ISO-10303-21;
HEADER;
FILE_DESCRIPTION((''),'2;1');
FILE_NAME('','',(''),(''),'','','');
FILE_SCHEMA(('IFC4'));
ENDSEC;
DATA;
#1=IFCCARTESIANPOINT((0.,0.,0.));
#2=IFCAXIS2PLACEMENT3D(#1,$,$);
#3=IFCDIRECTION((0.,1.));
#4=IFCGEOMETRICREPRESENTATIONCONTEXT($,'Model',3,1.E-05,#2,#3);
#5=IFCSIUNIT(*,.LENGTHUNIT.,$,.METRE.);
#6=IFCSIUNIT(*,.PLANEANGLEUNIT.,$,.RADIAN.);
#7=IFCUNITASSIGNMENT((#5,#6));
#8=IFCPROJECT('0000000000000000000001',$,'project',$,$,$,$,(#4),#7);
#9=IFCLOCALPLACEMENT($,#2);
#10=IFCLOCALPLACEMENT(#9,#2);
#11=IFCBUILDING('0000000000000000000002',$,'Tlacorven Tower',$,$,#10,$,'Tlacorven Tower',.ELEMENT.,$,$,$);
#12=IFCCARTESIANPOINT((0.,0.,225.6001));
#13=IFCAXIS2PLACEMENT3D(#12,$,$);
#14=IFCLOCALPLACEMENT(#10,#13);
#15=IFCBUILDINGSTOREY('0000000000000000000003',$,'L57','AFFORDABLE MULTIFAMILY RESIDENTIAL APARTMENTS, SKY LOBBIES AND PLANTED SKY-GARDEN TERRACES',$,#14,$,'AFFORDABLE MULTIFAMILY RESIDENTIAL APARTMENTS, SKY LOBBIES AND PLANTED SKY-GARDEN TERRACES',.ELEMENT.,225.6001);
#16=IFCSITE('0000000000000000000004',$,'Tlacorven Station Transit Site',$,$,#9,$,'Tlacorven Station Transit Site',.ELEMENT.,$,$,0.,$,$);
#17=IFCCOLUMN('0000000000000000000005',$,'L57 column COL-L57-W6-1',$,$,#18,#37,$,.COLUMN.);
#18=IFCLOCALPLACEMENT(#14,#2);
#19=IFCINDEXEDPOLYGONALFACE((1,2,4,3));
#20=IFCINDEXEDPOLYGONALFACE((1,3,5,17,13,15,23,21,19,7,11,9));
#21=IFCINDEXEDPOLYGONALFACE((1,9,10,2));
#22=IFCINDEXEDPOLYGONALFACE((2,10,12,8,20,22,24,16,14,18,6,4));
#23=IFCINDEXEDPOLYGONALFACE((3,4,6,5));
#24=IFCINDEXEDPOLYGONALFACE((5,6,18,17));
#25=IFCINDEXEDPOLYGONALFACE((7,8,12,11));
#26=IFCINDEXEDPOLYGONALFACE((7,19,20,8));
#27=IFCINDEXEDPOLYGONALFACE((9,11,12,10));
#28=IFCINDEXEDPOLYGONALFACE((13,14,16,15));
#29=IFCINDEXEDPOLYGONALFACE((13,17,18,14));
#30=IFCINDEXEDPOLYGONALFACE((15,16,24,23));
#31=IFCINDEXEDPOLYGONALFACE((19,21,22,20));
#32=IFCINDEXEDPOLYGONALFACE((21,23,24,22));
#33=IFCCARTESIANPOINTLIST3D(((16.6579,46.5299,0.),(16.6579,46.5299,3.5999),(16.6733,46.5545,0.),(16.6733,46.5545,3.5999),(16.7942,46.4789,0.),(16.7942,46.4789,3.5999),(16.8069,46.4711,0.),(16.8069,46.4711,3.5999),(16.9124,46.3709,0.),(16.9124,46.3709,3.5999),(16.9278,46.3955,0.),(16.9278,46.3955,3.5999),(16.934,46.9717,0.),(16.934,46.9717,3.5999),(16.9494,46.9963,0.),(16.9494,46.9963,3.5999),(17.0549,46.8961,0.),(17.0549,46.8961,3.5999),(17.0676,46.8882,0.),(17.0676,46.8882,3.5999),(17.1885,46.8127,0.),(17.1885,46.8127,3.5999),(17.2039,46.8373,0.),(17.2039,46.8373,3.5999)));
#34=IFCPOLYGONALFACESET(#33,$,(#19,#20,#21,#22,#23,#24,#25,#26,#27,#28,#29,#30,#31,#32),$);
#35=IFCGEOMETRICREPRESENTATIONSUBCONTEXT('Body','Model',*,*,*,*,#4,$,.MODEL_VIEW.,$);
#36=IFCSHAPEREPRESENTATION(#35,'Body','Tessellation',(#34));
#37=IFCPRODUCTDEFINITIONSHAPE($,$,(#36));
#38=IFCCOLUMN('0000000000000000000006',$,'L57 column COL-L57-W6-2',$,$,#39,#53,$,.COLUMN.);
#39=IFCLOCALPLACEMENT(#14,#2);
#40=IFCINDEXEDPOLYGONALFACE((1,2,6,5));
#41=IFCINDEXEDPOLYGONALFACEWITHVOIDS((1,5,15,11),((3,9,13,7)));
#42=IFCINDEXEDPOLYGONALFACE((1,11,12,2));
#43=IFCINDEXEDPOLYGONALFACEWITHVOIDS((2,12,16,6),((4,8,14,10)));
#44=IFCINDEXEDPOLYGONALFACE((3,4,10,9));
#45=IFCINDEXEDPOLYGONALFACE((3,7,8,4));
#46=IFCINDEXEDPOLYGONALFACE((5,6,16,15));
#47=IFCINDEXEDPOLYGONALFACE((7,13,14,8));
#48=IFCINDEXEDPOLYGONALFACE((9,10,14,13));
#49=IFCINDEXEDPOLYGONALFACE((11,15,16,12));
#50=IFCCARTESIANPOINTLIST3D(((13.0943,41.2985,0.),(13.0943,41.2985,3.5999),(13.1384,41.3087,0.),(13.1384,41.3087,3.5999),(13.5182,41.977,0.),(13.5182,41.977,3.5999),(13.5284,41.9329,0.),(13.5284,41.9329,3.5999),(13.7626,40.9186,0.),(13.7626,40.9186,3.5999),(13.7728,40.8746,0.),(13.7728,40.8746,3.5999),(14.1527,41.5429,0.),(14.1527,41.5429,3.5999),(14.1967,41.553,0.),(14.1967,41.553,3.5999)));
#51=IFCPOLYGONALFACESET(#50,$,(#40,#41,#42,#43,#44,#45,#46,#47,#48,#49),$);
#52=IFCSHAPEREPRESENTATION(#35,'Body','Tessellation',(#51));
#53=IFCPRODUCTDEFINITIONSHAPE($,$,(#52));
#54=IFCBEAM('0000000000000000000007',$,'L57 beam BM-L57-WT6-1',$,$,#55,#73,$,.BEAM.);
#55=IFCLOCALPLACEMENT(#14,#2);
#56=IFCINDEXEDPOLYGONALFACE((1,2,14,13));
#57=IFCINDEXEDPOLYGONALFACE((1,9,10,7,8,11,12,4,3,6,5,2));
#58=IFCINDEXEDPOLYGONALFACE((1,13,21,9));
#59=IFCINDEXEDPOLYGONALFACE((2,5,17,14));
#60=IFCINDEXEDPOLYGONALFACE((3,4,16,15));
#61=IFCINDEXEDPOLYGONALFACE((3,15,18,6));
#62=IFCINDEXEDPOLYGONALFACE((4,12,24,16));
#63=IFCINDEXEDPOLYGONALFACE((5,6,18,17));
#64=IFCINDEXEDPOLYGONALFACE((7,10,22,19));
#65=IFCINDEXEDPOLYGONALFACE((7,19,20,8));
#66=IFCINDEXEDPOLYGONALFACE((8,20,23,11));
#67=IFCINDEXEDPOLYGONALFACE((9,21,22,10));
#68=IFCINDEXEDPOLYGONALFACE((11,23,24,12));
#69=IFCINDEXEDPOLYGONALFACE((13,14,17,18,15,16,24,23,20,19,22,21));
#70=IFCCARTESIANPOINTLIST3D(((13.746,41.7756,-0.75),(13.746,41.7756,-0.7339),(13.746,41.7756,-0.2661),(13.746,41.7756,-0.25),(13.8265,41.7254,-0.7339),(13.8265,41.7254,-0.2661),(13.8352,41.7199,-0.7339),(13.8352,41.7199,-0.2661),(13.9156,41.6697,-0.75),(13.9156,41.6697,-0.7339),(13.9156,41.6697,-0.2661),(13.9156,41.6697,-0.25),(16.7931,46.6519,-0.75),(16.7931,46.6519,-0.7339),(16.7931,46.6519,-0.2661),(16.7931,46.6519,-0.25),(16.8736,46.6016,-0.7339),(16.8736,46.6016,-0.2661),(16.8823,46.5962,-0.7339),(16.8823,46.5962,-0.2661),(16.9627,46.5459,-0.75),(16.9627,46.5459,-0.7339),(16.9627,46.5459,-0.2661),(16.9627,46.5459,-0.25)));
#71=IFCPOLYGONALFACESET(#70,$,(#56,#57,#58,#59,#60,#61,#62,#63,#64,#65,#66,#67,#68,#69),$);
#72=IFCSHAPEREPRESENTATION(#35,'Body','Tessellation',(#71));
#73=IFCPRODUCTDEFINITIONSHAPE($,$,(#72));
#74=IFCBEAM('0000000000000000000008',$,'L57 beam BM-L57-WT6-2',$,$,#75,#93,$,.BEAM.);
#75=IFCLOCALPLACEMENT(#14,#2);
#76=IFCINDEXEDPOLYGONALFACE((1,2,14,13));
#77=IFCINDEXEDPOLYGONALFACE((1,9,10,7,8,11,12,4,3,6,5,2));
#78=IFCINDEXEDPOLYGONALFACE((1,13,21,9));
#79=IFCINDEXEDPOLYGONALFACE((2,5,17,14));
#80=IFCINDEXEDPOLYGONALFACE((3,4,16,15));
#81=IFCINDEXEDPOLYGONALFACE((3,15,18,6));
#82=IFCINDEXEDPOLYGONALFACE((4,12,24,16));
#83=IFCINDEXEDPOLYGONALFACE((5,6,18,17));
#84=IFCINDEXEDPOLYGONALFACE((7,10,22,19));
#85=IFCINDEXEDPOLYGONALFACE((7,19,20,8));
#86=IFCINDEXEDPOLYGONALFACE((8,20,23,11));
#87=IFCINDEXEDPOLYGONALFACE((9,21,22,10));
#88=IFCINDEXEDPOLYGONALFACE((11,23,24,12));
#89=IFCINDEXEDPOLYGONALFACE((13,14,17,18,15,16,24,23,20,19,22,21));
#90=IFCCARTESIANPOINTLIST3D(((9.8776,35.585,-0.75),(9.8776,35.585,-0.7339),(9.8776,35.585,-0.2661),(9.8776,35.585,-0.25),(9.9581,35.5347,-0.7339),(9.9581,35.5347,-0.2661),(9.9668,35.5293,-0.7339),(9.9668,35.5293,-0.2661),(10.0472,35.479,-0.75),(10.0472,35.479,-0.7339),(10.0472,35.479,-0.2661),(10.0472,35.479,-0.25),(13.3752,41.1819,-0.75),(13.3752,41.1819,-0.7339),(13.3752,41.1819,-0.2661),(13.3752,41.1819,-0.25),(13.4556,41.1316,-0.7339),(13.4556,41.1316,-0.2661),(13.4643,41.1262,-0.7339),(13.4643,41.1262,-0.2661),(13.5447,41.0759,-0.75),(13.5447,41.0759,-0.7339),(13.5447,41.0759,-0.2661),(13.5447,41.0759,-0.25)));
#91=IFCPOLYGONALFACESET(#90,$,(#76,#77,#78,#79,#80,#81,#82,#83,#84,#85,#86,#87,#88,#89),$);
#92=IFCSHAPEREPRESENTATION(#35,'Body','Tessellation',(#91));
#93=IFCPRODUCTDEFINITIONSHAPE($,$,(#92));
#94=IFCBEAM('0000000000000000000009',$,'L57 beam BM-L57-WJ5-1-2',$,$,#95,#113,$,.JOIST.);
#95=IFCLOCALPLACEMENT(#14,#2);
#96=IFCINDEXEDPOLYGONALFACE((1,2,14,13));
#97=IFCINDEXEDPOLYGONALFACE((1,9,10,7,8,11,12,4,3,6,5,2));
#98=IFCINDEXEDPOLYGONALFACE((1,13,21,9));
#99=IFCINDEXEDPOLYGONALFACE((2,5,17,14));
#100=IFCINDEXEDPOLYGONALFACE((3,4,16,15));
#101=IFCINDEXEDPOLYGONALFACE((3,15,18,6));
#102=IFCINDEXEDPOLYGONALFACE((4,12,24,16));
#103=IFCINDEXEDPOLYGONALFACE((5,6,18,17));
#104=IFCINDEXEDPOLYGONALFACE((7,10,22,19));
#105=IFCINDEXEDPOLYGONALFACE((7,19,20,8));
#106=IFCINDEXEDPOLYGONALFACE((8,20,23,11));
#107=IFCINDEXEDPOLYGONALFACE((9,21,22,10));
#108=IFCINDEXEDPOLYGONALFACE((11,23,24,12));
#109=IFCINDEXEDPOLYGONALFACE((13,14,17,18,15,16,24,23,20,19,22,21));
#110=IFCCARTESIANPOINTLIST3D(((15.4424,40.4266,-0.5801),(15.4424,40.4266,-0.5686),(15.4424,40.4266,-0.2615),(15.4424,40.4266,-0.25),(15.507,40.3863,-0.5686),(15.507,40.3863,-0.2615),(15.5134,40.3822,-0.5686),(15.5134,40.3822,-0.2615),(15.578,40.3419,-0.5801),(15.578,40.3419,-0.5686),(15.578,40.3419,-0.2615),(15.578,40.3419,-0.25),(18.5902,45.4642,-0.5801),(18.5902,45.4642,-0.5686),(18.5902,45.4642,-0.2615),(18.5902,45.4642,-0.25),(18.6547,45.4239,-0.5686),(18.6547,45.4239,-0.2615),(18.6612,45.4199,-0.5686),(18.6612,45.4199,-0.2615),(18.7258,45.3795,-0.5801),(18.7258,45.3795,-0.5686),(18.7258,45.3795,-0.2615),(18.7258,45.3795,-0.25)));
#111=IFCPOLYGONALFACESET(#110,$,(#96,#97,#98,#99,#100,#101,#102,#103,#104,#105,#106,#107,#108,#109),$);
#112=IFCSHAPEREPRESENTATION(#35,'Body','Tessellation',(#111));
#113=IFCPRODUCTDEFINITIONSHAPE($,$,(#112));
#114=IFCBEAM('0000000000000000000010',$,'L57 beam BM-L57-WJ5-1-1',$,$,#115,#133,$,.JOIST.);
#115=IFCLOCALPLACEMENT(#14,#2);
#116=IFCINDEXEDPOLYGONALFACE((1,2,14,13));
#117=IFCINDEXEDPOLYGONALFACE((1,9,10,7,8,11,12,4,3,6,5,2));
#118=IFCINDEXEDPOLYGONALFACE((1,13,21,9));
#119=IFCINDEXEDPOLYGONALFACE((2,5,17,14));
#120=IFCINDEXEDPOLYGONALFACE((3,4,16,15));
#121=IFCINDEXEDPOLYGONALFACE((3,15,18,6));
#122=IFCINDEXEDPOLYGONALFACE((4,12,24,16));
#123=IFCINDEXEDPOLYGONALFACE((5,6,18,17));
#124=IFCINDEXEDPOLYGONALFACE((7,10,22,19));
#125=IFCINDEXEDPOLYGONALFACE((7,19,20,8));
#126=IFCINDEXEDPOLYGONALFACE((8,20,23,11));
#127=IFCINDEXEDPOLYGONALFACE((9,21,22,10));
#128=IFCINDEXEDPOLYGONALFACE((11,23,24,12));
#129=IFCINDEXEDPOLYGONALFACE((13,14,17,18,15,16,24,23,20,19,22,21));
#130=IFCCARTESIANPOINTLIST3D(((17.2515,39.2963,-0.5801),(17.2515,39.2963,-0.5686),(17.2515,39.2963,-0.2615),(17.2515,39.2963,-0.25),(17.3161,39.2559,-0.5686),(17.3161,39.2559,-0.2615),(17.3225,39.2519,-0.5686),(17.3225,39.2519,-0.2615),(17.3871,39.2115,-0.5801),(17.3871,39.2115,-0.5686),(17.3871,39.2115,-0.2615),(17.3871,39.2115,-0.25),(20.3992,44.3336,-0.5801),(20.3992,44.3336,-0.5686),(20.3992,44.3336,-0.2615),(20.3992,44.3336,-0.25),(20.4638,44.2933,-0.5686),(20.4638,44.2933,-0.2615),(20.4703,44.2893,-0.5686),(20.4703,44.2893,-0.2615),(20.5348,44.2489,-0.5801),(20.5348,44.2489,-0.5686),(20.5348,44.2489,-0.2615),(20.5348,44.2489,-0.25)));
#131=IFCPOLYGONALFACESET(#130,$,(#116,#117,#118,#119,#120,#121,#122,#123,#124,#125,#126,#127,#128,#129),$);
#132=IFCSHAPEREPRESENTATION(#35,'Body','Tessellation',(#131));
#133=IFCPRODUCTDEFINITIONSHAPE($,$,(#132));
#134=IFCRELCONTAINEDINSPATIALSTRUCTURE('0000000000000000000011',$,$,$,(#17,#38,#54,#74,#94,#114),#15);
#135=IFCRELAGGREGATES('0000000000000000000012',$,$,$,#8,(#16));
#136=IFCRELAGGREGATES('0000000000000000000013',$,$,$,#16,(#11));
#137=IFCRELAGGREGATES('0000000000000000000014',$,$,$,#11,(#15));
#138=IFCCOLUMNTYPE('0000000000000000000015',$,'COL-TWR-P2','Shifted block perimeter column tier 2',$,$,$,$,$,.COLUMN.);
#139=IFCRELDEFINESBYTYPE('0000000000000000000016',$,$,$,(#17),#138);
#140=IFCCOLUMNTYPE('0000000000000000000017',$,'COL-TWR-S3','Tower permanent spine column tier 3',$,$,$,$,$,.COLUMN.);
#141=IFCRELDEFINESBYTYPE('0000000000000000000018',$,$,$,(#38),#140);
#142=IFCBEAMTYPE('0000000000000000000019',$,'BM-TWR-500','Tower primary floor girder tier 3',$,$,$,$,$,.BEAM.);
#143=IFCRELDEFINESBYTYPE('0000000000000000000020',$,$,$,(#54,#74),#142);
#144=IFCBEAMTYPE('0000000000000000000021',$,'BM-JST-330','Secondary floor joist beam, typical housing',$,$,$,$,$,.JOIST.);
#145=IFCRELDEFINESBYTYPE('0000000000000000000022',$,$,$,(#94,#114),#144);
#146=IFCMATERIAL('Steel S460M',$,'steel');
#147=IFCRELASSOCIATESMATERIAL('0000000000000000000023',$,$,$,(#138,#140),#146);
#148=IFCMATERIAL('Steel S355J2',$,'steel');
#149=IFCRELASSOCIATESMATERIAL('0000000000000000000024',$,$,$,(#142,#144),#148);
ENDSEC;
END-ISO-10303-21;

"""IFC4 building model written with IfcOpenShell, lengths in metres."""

from ifc_helpers import new_model, si_unit, direction, frame, origin, origin_2d, place, context, subcontext, project, spatial, hollow_rectangle, i_section, extrude, source, transform, mapped, material, material_profile, profile_set, type_object, element, save


model = new_model("IFC4")

# Units and contexts
model_context = context("Model", 3, precision=1e-05, world=origin(), true_north=direction((0.0, 1.0)))
body_context = subcontext(model_context, "Body", "Model", "MODEL_VIEW")
ifc_project = project(units=[si_unit("LENGTHUNIT", "METRE"), si_unit("PLANEANGLEUNIT", "RADIAN")], contexts=[model_context])

# Site, building, storey
site_placement = place(None, origin())
site = spatial("IfcSite", under=ifc_project, at=site_placement, Name="Tlacorven Station Transit Site", LongName="Tlacorven Station Transit Site", CompositionType="ELEMENT", RefElevation=0.0)
building_placement = place(site_placement, origin())
building = spatial("IfcBuilding", under=site, at=building_placement, Name="Tlacorven Tower", LongName="Tlacorven Tower", CompositionType="ELEMENT")
storey_placement = place(building_placement, frame((0.0, 0.0, 225.6001)))
storey = spatial("IfcBuildingStorey", under=building, at=storey_placement, Name="L57", Description="AFFORDABLE MULTIFAMILY RESIDENTIAL APARTMENTS, SKY LOBBIES AND PLANTED SKY-GARDEN TERRACES", LongName="AFFORDABLE MULTIFAMILY RESIDENTIAL APARTMENTS, SKY LOBBIES AND PLANTED SKY-GARDEN TERRACES", CompositionType="ELEMENT", Elevation=225.6001)

# Columns
ifc_material_1 = material(Name="Steel S460M", Category="steel")
ifc_material_profile_1 = material_profile(ifc_material_1, i_section(OverallWidth=0.3, OverallDepth=0.55, WebThickness=0.0149, FlangeThickness=0.0291, at=origin_2d()), Name="HEB 550")
ifc_profile_set_1 = profile_set([ifc_material_profile_1], Name="Steel S460M")
column_type_1 = type_object("IfcColumnType", Name="COL-TWR-P2", Description="Shifted block perimeter column tier 2", PredefinedType="COLUMN", material=ifc_profile_set_1)
shared_shape_1 = source(origin(), body_context, "Body", "SweptSolid", [
    extrude(i_section(OverallWidth=0.3, OverallDepth=0.55, WebThickness=0.0149, FlangeThickness=0.0291, at=origin_2d()), origin(), (0.0, 0.0, 1.0), 3.5999),
])
column_1_placement = place(storey_placement, frame((16.9309, 46.6836, 0.0), z_axis=(0.0, 0.0, 1.0), x_axis=(-0.848048, 0.529919, 0.0)))
element("IfcColumn", 1, at=column_1_placement, inside=storey, type_object=column_type_1, Name="L57 column COL-L57-W6-1", PredefinedType="COLUMN", context=body_context, shape_type="MappedRepresentation", body=[
    mapped(shared_shape_1, transform((0.0, 0.0, 0.0), scale=1.0)),
])
ifc_material_profile_2 = material_profile(ifc_material_1, hollow_rectangle(XDim=0.8, YDim=0.8, WallThickness=0.032, at=origin_2d()), Name="BOX 800X800X32")
ifc_profile_set_2 = profile_set([ifc_material_profile_2], Name="Steel S460M")
column_type_2 = type_object("IfcColumnType", Name="COL-TWR-S3", Description="Tower permanent spine column tier 3", PredefinedType="COLUMN", material=ifc_profile_set_2)
shared_shape_2 = source(origin(), body_context, "Body", "SweptSolid", [
    extrude(hollow_rectangle(XDim=0.8, YDim=0.8, WallThickness=0.032, at=origin_2d()), origin(), (0.0, 0.0, 1.0), 3.5999),
])
column_2_placement = place(storey_placement, frame((13.6455, 41.4258, 0.0), z_axis=(0.0, 0.0, 1.0), x_axis=(-0.848048, 0.529919, 0.0)))
element("IfcColumn", 2, at=column_2_placement, inside=storey, type_object=column_type_2, Name="L57 column COL-L57-W6-2", PredefinedType="COLUMN", context=body_context, shape_type="MappedRepresentation", body=[
    mapped(shared_shape_2, transform((0.0, 0.0, 0.0), scale=1.0)),
])

# Beams
ifc_material_2 = material(Name="Steel S355J2", Category="steel")
ifc_material_profile_3 = material_profile(ifc_material_2, i_section(OverallWidth=0.2, OverallDepth=0.5, WebThickness=0.0103, FlangeThickness=0.0161, at=origin_2d()), Name="IPE 500")
ifc_profile_set_3 = profile_set([ifc_material_profile_3], Name="Steel S355J2")
beam_type_1 = type_object("IfcBeamType", Name="BM-TWR-500", Description="Tower primary floor girder tier 3", PredefinedType="BEAM", material=ifc_profile_set_3)
shared_shape_3 = source(origin(), body_context, "Body", "SweptSolid", [
    extrude(i_section(OverallWidth=0.2, OverallDepth=0.5, WebThickness=0.0103, FlangeThickness=0.0161, at=origin_2d()), origin(), (0.0, 0.0, 1.0), 5.75),
])
beam_1_placement = place(storey_placement, frame((16.8779, 46.5989, -0.5), z_axis=(-0.529934, -0.848039, 0.0), x_axis=(0.848039, -0.529934, 0.0)))
element("IfcBeam", 3, at=beam_1_placement, inside=storey, type_object=beam_type_1, Name="L57 beam BM-L57-WT6-1", PredefinedType="BEAM", context=body_context, shape_type="MappedRepresentation", body=[
    mapped(shared_shape_3, transform((0.0, 0.0, 0.0), scale=1.0)),
])
shared_shape_4 = source(origin(), body_context, "Body", "SweptSolid", [
    extrude(i_section(OverallWidth=0.2, OverallDepth=0.5, WebThickness=0.0103, FlangeThickness=0.0161, at=origin_2d()), origin(), (0.0, 0.0, 1.0), 6.5999),
])
beam_2_placement = place(storey_placement, frame((13.46, 41.1289, -0.5), z_axis=(-0.529942, -0.848034, 0.0), x_axis=(0.848034, -0.529942, 0.0)))
element("IfcBeam", 4, at=beam_2_placement, inside=storey, type_object=beam_type_1, Name="L57 beam BM-L57-WT6-2", PredefinedType="BEAM", context=body_context, shape_type="MappedRepresentation", body=[
    mapped(shared_shape_4, transform((0.0, 0.0, 0.0), scale=1.0)),
])
ifc_material_profile_4 = material_profile(ifc_material_2, i_section(OverallWidth=0.1599, OverallDepth=0.3301, WebThickness=0.0076, FlangeThickness=0.0115, at=origin_2d()), Name="IPE 330")
ifc_profile_set_4 = profile_set([ifc_material_profile_4], Name="Steel S355J2")
beam_type_2 = type_object("IfcBeamType", Name="BM-JST-330", Description="Secondary floor joist beam, typical housing", PredefinedType="JOIST", material=ifc_profile_set_4)
shared_shape_5 = source(origin(), body_context, "Body", "SweptSolid", [
    extrude(i_section(OverallWidth=0.1599, OverallDepth=0.3301, WebThickness=0.0076, FlangeThickness=0.0115, at=origin_2d()), origin(), (0.0, 0.0, 1.0), 5.9402),
])
beam_3_placement = place(storey_placement, frame((18.658, 45.4219, -0.415), z_axis=(-0.529903, -0.848058, 0.0), x_axis=(0.848058, -0.529903, 0.0)))
element("IfcBeam", 5, at=beam_3_placement, inside=storey, type_object=beam_type_2, Name="L57 beam BM-L57-WJ5-1-2", PredefinedType="JOIST", context=body_context, shape_type="MappedRepresentation", body=[
    mapped(shared_shape_5, transform((0.0, 0.0, 0.0), scale=1.0)),
])
shared_shape_6 = source(origin(), body_context, "Body", "SweptSolid", [
    extrude(i_section(OverallWidth=0.1599, OverallDepth=0.3301, WebThickness=0.0076, FlangeThickness=0.0115, at=origin_2d()), origin(), (0.0, 0.0, 1.0), 5.9399),
])
beam_4_placement = place(storey_placement, frame((20.467, 44.2913, -0.415), z_axis=(-0.529921, -0.848047, 0.0), x_axis=(0.848047, -0.529921, 0.0)))
element("IfcBeam", 6, at=beam_4_placement, inside=storey, type_object=beam_type_2, Name="L57 beam BM-L57-WJ5-1-1", PredefinedType="JOIST", context=body_context, shape_type="MappedRepresentation", body=[
    mapped(shared_shape_6, transform((0.0, 0.0, 0.0), scale=1.0)),
])

save(model, "model.ifc")
